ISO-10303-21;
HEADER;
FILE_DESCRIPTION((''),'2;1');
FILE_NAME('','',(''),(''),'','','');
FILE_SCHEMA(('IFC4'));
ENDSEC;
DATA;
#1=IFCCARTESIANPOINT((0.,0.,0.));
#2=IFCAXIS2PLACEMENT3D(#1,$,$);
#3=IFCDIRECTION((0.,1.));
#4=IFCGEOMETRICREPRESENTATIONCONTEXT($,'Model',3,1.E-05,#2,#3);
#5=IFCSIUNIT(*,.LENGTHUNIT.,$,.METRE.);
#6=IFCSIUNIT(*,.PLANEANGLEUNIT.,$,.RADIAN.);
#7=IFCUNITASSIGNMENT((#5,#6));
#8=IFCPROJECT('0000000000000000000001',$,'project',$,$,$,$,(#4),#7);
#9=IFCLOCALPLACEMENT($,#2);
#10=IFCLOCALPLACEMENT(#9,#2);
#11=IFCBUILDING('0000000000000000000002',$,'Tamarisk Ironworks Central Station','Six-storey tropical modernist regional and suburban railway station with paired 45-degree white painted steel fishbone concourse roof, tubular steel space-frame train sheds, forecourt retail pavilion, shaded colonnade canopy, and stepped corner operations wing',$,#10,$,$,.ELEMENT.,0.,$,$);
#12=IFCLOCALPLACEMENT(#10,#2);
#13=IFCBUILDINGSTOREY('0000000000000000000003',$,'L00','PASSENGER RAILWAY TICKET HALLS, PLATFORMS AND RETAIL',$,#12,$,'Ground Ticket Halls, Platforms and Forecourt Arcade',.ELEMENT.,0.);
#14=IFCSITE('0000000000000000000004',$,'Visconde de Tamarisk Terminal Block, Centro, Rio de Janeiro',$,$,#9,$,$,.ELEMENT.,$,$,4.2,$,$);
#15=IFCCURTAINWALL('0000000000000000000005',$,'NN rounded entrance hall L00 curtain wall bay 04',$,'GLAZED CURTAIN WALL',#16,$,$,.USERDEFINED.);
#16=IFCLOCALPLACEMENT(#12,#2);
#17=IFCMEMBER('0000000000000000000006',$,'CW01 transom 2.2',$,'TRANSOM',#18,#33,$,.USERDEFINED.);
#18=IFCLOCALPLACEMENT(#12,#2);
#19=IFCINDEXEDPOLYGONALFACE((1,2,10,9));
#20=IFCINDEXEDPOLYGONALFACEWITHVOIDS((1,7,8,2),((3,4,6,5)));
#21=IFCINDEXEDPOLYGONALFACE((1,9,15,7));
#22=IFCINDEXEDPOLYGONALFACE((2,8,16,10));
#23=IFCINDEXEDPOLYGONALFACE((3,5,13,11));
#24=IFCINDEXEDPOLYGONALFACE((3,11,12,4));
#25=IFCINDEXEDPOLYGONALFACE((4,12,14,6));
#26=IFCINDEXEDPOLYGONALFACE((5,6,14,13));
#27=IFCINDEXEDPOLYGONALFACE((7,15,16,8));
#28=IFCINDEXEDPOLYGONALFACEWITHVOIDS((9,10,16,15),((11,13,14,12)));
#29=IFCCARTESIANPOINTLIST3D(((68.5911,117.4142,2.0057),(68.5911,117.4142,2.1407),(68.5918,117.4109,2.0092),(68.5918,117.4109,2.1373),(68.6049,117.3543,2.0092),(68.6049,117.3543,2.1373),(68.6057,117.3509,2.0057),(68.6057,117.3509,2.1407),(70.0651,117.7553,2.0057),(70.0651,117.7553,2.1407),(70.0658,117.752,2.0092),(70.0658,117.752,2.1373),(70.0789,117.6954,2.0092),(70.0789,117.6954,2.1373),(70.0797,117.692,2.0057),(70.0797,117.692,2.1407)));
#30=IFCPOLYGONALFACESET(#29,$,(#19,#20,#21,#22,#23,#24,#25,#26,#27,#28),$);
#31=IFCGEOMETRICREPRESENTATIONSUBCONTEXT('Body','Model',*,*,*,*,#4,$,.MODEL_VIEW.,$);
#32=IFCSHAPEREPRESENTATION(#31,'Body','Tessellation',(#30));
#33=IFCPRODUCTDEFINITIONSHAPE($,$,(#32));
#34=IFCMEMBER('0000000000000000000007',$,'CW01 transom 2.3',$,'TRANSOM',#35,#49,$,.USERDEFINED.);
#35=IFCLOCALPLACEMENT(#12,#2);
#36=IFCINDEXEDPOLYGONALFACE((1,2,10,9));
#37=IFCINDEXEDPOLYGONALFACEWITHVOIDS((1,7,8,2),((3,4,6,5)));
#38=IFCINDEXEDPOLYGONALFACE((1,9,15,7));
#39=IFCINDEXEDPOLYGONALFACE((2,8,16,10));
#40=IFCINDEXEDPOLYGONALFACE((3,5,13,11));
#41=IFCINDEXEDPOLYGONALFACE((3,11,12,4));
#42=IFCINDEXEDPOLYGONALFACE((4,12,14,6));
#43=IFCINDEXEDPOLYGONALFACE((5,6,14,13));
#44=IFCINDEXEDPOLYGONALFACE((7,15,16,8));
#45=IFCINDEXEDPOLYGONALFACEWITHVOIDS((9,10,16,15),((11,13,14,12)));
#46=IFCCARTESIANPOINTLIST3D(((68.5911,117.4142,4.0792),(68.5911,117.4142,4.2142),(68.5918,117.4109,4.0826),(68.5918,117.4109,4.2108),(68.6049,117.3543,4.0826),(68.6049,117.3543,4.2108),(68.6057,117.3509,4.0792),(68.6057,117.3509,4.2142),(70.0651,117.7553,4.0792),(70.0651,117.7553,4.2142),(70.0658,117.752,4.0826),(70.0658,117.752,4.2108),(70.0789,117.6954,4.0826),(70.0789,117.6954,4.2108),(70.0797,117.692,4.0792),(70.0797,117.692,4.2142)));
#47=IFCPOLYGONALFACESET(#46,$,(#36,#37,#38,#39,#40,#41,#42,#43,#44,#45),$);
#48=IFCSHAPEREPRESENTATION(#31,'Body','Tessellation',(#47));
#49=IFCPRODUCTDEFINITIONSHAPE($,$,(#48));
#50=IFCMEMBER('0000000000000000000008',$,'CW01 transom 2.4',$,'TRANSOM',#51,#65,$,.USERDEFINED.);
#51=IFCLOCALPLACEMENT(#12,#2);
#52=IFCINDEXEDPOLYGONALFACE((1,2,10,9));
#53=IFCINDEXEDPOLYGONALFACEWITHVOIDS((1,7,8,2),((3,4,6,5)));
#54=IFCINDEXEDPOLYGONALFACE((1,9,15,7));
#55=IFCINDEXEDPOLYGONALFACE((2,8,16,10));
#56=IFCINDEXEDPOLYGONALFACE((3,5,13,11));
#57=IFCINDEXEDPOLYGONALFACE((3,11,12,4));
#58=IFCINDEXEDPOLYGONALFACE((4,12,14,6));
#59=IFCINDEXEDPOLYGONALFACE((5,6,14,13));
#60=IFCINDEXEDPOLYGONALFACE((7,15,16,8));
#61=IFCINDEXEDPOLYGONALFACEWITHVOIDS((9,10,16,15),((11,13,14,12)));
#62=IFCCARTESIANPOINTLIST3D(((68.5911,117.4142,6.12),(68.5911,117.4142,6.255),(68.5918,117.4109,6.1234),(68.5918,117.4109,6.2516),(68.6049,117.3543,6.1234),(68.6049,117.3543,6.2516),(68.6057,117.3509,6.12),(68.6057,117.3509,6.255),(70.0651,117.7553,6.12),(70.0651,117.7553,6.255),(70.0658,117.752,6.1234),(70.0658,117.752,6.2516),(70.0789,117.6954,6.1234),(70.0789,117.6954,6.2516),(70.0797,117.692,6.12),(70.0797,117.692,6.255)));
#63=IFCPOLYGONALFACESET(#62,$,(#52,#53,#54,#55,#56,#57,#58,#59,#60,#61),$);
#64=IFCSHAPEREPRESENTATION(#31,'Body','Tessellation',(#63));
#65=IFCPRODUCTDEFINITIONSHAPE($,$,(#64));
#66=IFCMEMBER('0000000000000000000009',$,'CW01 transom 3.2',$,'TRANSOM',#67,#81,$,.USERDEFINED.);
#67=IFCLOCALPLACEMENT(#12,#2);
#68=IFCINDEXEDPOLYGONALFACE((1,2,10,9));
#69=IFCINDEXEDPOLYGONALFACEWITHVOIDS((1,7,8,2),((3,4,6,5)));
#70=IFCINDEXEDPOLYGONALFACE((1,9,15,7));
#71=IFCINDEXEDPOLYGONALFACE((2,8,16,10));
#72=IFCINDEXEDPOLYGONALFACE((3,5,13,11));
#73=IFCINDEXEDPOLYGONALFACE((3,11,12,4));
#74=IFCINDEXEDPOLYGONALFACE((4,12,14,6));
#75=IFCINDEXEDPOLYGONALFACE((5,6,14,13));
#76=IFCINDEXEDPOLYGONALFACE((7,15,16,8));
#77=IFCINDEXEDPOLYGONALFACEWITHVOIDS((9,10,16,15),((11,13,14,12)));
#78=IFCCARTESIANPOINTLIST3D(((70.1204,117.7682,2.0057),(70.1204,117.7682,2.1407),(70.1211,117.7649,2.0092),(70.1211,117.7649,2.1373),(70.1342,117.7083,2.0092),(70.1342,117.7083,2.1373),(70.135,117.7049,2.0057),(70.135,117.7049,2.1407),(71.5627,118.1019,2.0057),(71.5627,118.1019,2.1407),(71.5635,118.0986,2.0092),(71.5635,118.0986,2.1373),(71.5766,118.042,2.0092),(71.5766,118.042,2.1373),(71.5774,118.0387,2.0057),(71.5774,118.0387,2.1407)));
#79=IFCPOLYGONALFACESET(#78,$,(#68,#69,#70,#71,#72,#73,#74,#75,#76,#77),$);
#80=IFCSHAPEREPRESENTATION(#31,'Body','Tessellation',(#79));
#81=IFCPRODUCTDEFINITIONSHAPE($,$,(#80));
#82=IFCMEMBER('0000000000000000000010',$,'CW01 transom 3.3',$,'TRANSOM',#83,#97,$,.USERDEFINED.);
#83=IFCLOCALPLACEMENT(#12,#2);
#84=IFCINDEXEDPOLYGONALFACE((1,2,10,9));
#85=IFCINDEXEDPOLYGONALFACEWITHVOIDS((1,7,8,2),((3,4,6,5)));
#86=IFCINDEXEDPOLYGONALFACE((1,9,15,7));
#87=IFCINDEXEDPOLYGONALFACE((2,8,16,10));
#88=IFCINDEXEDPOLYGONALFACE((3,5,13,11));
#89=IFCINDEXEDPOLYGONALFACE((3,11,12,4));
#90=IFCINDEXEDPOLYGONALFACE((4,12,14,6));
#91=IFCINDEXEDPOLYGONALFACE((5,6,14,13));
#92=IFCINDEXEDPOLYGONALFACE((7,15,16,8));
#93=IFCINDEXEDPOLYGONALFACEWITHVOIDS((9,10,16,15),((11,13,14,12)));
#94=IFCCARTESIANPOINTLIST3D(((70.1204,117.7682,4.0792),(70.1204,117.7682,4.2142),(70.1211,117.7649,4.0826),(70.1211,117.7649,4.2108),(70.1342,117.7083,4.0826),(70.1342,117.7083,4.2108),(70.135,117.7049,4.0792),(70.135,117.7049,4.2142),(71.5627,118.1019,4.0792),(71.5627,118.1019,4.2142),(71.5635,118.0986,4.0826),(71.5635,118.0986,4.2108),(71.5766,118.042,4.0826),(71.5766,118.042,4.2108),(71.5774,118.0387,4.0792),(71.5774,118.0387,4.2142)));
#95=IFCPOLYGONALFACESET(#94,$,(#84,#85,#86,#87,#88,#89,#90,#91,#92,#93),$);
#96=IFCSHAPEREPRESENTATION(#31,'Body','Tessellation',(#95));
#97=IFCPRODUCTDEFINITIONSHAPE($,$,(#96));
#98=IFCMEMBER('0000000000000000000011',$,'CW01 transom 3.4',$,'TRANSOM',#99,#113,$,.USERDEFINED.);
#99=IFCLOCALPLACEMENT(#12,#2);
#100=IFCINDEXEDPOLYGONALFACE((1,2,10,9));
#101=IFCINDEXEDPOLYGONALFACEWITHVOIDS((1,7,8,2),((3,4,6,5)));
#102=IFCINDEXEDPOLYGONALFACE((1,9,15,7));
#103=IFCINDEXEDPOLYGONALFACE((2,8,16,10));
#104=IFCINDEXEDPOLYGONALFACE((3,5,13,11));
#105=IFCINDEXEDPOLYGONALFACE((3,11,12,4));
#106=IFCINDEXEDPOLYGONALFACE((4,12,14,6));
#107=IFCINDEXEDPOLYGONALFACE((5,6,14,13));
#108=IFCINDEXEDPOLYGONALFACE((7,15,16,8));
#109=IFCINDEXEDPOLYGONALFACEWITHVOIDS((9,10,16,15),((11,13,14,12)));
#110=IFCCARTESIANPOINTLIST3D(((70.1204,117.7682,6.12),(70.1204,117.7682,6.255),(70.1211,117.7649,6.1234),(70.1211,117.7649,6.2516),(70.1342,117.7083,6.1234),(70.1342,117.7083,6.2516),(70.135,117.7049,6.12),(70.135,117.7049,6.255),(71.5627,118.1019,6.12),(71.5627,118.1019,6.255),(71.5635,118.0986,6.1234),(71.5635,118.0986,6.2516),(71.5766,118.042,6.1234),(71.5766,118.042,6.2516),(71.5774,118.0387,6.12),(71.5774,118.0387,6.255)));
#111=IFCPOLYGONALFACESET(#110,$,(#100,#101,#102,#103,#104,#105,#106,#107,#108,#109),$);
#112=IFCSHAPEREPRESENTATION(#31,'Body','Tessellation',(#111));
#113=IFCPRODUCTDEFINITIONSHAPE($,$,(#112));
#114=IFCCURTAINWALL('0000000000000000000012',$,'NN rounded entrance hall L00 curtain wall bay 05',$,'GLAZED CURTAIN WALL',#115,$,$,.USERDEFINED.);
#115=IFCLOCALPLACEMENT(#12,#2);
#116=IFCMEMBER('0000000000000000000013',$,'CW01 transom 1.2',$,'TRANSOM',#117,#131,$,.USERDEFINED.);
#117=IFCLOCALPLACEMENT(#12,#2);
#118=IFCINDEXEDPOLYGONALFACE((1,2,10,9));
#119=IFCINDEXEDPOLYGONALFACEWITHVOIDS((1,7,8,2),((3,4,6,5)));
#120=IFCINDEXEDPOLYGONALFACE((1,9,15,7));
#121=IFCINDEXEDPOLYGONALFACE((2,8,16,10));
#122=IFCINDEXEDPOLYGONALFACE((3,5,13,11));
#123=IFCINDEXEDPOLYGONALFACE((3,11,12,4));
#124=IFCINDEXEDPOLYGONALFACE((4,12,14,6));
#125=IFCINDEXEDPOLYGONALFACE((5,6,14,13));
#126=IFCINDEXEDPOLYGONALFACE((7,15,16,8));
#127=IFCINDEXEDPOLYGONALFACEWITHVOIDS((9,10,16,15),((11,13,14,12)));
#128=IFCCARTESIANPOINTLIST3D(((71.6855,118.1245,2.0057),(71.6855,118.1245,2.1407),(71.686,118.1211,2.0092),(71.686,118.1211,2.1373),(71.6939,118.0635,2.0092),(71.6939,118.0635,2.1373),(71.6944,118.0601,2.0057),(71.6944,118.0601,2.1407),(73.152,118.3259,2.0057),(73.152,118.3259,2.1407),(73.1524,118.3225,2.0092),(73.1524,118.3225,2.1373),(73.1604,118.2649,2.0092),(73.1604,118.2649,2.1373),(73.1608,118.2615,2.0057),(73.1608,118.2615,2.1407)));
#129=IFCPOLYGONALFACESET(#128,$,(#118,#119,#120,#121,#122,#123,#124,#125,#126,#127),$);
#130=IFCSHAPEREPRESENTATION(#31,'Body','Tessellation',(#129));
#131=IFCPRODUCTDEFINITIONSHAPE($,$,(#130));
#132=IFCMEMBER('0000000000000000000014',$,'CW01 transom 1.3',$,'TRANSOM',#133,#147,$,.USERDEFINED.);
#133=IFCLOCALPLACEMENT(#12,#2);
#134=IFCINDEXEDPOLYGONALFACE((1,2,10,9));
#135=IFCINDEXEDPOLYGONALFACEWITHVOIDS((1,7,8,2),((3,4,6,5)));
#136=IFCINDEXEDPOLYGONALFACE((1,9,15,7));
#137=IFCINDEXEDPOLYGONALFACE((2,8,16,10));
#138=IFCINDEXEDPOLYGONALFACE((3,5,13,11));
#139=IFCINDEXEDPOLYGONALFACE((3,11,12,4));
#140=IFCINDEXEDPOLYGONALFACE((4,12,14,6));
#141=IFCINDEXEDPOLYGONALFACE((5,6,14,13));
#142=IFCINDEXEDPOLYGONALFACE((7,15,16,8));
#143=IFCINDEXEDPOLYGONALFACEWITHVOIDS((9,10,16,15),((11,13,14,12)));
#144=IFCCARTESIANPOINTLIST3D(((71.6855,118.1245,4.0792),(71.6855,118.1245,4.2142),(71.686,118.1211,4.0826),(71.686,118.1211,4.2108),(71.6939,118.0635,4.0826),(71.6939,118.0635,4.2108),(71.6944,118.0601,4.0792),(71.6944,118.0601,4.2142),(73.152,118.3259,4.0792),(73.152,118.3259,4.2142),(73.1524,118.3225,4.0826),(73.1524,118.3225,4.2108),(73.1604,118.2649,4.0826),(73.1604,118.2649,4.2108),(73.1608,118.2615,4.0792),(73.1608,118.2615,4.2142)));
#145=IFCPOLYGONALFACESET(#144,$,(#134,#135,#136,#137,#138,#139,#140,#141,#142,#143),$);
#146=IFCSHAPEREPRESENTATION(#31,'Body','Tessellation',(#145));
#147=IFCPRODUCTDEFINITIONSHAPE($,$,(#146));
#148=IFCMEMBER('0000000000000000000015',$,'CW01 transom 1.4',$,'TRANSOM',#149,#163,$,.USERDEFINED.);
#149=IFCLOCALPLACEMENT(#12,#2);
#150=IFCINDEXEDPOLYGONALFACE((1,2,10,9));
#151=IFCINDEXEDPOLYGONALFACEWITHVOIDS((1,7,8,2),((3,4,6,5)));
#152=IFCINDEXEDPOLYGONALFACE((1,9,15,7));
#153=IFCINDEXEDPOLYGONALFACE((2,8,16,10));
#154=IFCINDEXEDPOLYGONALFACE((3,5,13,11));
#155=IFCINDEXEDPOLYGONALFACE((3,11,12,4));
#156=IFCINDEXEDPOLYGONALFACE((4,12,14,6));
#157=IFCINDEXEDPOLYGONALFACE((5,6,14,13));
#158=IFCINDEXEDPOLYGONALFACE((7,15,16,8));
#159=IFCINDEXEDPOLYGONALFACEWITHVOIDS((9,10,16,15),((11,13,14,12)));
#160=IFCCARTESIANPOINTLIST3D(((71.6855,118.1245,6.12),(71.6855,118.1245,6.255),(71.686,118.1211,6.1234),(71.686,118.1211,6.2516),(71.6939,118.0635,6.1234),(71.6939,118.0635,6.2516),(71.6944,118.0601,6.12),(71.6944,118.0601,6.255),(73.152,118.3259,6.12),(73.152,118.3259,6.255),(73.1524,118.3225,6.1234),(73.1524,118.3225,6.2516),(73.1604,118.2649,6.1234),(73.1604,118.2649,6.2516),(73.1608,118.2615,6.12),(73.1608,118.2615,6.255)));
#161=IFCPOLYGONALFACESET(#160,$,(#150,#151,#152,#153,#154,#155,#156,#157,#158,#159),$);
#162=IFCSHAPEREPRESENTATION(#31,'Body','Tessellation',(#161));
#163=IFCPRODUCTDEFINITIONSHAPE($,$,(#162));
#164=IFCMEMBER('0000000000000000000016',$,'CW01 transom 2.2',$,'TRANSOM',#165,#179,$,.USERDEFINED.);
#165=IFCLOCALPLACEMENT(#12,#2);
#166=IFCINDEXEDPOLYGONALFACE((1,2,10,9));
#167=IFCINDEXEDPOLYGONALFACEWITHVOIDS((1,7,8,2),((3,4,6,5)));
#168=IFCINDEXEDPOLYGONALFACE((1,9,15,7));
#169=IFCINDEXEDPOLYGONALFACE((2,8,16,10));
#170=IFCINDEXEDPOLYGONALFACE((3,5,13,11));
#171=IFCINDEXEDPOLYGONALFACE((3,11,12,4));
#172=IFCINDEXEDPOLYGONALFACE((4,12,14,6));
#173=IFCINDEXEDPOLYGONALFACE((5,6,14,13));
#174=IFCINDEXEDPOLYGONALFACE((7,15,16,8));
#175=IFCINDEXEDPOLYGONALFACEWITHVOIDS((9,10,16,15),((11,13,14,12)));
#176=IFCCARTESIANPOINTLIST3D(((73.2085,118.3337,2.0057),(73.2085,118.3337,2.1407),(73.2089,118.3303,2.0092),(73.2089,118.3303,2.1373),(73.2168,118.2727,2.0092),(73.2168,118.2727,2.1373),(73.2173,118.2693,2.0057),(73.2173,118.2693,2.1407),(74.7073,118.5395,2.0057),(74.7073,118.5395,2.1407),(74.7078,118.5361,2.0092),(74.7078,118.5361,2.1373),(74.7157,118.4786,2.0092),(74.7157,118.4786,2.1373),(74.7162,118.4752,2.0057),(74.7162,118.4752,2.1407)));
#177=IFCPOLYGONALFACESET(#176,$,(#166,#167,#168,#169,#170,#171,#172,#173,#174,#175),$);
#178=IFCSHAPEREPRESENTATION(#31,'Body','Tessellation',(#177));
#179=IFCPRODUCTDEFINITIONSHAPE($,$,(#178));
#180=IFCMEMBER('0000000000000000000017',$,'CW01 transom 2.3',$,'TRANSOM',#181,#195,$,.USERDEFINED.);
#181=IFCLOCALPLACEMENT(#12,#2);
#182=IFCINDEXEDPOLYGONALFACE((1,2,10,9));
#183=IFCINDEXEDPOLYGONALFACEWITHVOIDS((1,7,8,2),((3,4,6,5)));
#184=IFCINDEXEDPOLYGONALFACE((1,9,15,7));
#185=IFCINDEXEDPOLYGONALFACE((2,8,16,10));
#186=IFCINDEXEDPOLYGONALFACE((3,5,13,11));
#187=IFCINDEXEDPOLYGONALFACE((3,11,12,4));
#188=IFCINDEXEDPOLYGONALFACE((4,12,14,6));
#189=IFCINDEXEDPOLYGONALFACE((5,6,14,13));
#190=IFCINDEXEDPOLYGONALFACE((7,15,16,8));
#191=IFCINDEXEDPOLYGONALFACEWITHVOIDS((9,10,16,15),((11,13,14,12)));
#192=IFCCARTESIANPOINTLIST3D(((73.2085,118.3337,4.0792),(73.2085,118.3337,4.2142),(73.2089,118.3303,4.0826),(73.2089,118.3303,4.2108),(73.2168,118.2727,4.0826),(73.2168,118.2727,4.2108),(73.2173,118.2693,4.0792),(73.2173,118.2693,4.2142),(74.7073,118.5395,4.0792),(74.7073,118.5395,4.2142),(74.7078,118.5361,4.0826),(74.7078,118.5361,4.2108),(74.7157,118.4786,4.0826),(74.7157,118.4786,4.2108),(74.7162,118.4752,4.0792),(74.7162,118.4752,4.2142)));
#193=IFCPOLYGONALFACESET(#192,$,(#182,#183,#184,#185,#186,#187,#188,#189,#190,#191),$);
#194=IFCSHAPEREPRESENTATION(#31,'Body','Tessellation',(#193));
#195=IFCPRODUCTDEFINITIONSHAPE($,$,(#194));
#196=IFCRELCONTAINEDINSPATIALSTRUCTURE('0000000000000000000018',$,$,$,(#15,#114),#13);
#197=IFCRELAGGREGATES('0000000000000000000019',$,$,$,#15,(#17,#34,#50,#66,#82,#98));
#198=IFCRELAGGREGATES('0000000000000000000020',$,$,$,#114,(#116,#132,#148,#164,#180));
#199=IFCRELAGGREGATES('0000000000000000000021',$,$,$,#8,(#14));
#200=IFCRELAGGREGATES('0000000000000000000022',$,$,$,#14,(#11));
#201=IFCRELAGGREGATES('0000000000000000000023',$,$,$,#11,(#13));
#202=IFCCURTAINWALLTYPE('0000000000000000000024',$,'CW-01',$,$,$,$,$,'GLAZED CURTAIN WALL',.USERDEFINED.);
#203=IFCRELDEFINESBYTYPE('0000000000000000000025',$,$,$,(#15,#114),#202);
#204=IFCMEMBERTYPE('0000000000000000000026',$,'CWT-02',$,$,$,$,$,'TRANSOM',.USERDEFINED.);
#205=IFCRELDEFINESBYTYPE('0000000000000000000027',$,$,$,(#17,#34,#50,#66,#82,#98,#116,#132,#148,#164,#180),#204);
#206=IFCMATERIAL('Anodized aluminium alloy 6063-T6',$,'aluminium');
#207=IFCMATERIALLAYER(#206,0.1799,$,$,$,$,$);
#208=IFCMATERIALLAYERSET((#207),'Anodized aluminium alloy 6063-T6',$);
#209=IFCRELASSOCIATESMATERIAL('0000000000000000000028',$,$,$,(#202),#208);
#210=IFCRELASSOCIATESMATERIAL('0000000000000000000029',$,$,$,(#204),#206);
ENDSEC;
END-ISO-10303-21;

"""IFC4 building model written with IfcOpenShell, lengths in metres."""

from ifc_helpers import new_model, si_unit, direction, frame, origin, origin_2d, place, context, subcontext, project, spatial, hollow_rectangle, extrude, material, layer, layer_set, material_profile, profile_set, type_object, element, aggregate, save


model = new_model("IFC4")

# Units and contexts
model_context = context("Model", 3, precision=1e-05, world=origin(), true_north=direction((0.0, 1.0)))
body_context = subcontext(model_context, "Body", "Model", "MODEL_VIEW")
ifc_project = project(units=[si_unit("LENGTHUNIT", "METRE"), si_unit("PLANEANGLEUNIT", "RADIAN")], contexts=[model_context])

# Site, building, storey
site_placement = place(None, origin())
site = spatial("IfcSite", under=ifc_project, at=site_placement, Name="Visconde de Tamarisk Terminal Block, Centro, Rio de Janeiro", CompositionType="ELEMENT", RefElevation=4.2)
building_placement = place(site_placement, origin())
building = spatial("IfcBuilding", under=site, at=building_placement, Name="Tamarisk Ironworks Central Station", Description="Six-storey tropical modernist regional and suburban railway station with paired 45-degree white painted steel fishbone concourse roof, tubular steel space-frame train sheds, forecourt retail pavilion, shaded colonnade canopy, and stepped corner operations wing", CompositionType="ELEMENT", ElevationOfRefHeight=0.0)
storey_placement = place(building_placement, origin())
storey = spatial("IfcBuildingStorey", under=building, at=storey_placement, Name="L00", Description="PASSENGER RAILWAY TICKET HALLS, PLATFORMS AND RETAIL", LongName="Ground Ticket Halls, Platforms and Forecourt Arcade", CompositionType="ELEMENT", Elevation=0.0)

# Curtain walls, members
ifc_material_1 = material(Name="Anodized aluminium alloy 6063-T6", Category="aluminium")
ifc_layer_1 = layer(ifc_material_1, 0.1799)
ifc_layer_set_1 = layer_set([ifc_layer_1], Name="Anodized aluminium alloy 6063-T6")
curtain_wall_type = type_object("IfcCurtainWallType", Name="CW-01", ElementType="GLAZED CURTAIN WALL", PredefinedType="USERDEFINED", material=ifc_layer_set_1)
curtain_wall_1_placement = place(storey_placement, origin())
curtain_wall_1 = element("IfcCurtainWall", 1, at=curtain_wall_1_placement, inside=storey, type_object=curtain_wall_type, Name="NN rounded entrance hall L00 curtain wall bay 04", ObjectType="GLAZED CURTAIN WALL", PredefinedType="USERDEFINED")
ifc_material_profile = material_profile(ifc_material_1, hollow_rectangle(XDim=0.0649, YDim=0.135, WallThickness=0.0034, at=origin_2d()), Name="ALUM 135x65")
ifc_profile_set = profile_set([ifc_material_profile], Name="Anodized aluminium alloy 6063-T6")
member_type = type_object("IfcMemberType", Name="CWT-02", ElementType="TRANSOM", PredefinedType="USERDEFINED", material=ifc_profile_set)
member_1_placement = place(storey_placement, frame((68.5984, 117.3826, 2.0732), z_axis=(0.974255, 0.225449, 0.0), x_axis=(-0.225449, 0.974255, 0.0)))
member_1 = element("IfcMember", 2, at=member_1_placement, type_object=member_type, Name="CW01 transom 2.2", ObjectType="TRANSOM", PredefinedType="USERDEFINED", context=body_context, shape_type="SweptSolid", body=[
    extrude(hollow_rectangle(XDim=0.0649, YDim=0.135, WallThickness=0.0034, at=origin_2d()), origin(), (0.0, 0.0, 1.0), 1.5129),
])
member_2_placement = place(storey_placement, frame((68.5984, 117.3826, 4.1467), z_axis=(0.974255, 0.225449, 0.0), x_axis=(-0.225449, 0.974255, 0.0)))
member_2 = element("IfcMember", 3, at=member_2_placement, type_object=member_type, Name="CW01 transom 2.3", ObjectType="TRANSOM", PredefinedType="USERDEFINED", context=body_context, shape_type="SweptSolid", body=[
    extrude(hollow_rectangle(XDim=0.0649, YDim=0.135, WallThickness=0.0034, at=origin_2d()), origin(), (0.0, 0.0, 1.0), 1.5129),
])
member_3_placement = place(storey_placement, frame((68.5984, 117.3826, 6.1875), z_axis=(0.974255, 0.225449, 0.0), x_axis=(-0.225449, 0.974255, 0.0)))
member_3 = element("IfcMember", 4, at=member_3_placement, type_object=member_type, Name="CW01 transom 2.4", ObjectType="TRANSOM", PredefinedType="USERDEFINED", context=body_context, shape_type="SweptSolid", body=[
    extrude(hollow_rectangle(XDim=0.0649, YDim=0.135, WallThickness=0.0034, at=origin_2d()), origin(), (0.0, 0.0, 1.0), 1.5129),
])
member_4_placement = place(storey_placement, frame((70.1277, 117.7366, 2.0732), z_axis=(0.97426, 0.225426, 0.0), x_axis=(-0.225426, 0.97426, 0.0)))
member_4 = element("IfcMember", 5, at=member_4_placement, type_object=member_type, Name="CW01 transom 3.2", ObjectType="TRANSOM", PredefinedType="USERDEFINED", context=body_context, shape_type="SweptSolid", body=[
    extrude(hollow_rectangle(XDim=0.0649, YDim=0.135, WallThickness=0.0034, at=origin_2d()), origin(), (0.0, 0.0, 1.0), 1.4805),
])
member_5_placement = place(storey_placement, frame((70.1277, 117.7366, 4.1467), z_axis=(0.97426, 0.225426, 0.0), x_axis=(-0.225426, 0.97426, 0.0)))
member_5 = element("IfcMember", 6, at=member_5_placement, type_object=member_type, Name="CW01 transom 3.3", ObjectType="TRANSOM", PredefinedType="USERDEFINED", context=body_context, shape_type="SweptSolid", body=[
    extrude(hollow_rectangle(XDim=0.0649, YDim=0.135, WallThickness=0.0034, at=origin_2d()), origin(), (0.0, 0.0, 1.0), 1.4805),
])
member_6_placement = place(storey_placement, frame((70.1277, 117.7366, 6.1875), z_axis=(0.97426, 0.225426, 0.0), x_axis=(-0.225426, 0.97426, 0.0)))
member_6 = element("IfcMember", 7, at=member_6_placement, type_object=member_type, Name="CW01 transom 3.4", ObjectType="TRANSOM", PredefinedType="USERDEFINED", context=body_context, shape_type="SweptSolid", body=[
    extrude(hollow_rectangle(XDim=0.0649, YDim=0.135, WallThickness=0.0034, at=origin_2d()), origin(), (0.0, 0.0, 1.0), 1.4805),
])
curtain_wall_2_placement = place(storey_placement, origin())
curtain_wall_2 = element("IfcCurtainWall", 8, at=curtain_wall_2_placement, inside=storey, type_object=curtain_wall_type, Name="NN rounded entrance hall L00 curtain wall bay 05", ObjectType="GLAZED CURTAIN WALL", PredefinedType="USERDEFINED")
member_7_placement = place(storey_placement, frame((71.6899, 118.0923, 2.0732), z_axis=(0.9907, 0.136063, 0.0), x_axis=(-0.136063, 0.9907, 0.0)))
member_7 = element("IfcMember", 9, at=member_7_placement, type_object=member_type, Name="CW01 transom 1.2", ObjectType="TRANSOM", PredefinedType="USERDEFINED", context=body_context, shape_type="SweptSolid", body=[
    extrude(hollow_rectangle(XDim=0.0649, YDim=0.135, WallThickness=0.0034, at=origin_2d()), origin(), (0.0, 0.0, 1.0), 1.4802),
])
member_8_placement = place(storey_placement, frame((71.6899, 118.0923, 4.1467), z_axis=(0.9907, 0.136063, 0.0), x_axis=(-0.136063, 0.9907, 0.0)))
member_8 = element("IfcMember", 10, at=member_8_placement, type_object=member_type, Name="CW01 transom 1.3", ObjectType="TRANSOM", PredefinedType="USERDEFINED", context=body_context, shape_type="SweptSolid", body=[
    extrude(hollow_rectangle(XDim=0.0649, YDim=0.135, WallThickness=0.0034, at=origin_2d()), origin(), (0.0, 0.0, 1.0), 1.4802),
])
member_9_placement = place(storey_placement, frame((71.6899, 118.0923, 6.1875), z_axis=(0.9907, 0.136063, 0.0), x_axis=(-0.136063, 0.9907, 0.0)))
member_9 = element("IfcMember", 11, at=member_9_placement, type_object=member_type, Name="CW01 transom 1.4", ObjectType="TRANSOM", PredefinedType="USERDEFINED", context=body_context, shape_type="SweptSolid", body=[
    extrude(hollow_rectangle(XDim=0.0649, YDim=0.135, WallThickness=0.0034, at=origin_2d()), origin(), (0.0, 0.0, 1.0), 1.4802),
])
member_10_placement = place(storey_placement, frame((73.2129, 118.3015, 2.0732), z_axis=(0.990703, 0.136042, 0.0), x_axis=(-0.136042, 0.990703, 0.0)))
member_10 = element("IfcMember", 12, at=member_10_placement, type_object=member_type, Name="CW01 transom 2.2", ObjectType="TRANSOM", PredefinedType="USERDEFINED", context=body_context, shape_type="SweptSolid", body=[
    extrude(hollow_rectangle(XDim=0.0649, YDim=0.135, WallThickness=0.0034, at=origin_2d()), origin(), (0.0, 0.0, 1.0), 1.5129),
])
member_11_placement = place(storey_placement, frame((73.2129, 118.3015, 4.1467), z_axis=(0.990703, 0.136042, 0.0), x_axis=(-0.136042, 0.990703, 0.0)))
member_11 = element("IfcMember", 13, at=member_11_placement, type_object=member_type, Name="CW01 transom 2.3", ObjectType="TRANSOM", PredefinedType="USERDEFINED", context=body_context, shape_type="SweptSolid", body=[
    extrude(hollow_rectangle(XDim=0.0649, YDim=0.135, WallThickness=0.0034, at=origin_2d()), origin(), (0.0, 0.0, 1.0), 1.5129),
])

aggregate(curtain_wall_1, [member_1, member_2, member_3, member_4, member_5, member_6])
aggregate(curtain_wall_2, [member_7, member_8, member_9, member_10, member_11])

save(model, "model.ifc")
